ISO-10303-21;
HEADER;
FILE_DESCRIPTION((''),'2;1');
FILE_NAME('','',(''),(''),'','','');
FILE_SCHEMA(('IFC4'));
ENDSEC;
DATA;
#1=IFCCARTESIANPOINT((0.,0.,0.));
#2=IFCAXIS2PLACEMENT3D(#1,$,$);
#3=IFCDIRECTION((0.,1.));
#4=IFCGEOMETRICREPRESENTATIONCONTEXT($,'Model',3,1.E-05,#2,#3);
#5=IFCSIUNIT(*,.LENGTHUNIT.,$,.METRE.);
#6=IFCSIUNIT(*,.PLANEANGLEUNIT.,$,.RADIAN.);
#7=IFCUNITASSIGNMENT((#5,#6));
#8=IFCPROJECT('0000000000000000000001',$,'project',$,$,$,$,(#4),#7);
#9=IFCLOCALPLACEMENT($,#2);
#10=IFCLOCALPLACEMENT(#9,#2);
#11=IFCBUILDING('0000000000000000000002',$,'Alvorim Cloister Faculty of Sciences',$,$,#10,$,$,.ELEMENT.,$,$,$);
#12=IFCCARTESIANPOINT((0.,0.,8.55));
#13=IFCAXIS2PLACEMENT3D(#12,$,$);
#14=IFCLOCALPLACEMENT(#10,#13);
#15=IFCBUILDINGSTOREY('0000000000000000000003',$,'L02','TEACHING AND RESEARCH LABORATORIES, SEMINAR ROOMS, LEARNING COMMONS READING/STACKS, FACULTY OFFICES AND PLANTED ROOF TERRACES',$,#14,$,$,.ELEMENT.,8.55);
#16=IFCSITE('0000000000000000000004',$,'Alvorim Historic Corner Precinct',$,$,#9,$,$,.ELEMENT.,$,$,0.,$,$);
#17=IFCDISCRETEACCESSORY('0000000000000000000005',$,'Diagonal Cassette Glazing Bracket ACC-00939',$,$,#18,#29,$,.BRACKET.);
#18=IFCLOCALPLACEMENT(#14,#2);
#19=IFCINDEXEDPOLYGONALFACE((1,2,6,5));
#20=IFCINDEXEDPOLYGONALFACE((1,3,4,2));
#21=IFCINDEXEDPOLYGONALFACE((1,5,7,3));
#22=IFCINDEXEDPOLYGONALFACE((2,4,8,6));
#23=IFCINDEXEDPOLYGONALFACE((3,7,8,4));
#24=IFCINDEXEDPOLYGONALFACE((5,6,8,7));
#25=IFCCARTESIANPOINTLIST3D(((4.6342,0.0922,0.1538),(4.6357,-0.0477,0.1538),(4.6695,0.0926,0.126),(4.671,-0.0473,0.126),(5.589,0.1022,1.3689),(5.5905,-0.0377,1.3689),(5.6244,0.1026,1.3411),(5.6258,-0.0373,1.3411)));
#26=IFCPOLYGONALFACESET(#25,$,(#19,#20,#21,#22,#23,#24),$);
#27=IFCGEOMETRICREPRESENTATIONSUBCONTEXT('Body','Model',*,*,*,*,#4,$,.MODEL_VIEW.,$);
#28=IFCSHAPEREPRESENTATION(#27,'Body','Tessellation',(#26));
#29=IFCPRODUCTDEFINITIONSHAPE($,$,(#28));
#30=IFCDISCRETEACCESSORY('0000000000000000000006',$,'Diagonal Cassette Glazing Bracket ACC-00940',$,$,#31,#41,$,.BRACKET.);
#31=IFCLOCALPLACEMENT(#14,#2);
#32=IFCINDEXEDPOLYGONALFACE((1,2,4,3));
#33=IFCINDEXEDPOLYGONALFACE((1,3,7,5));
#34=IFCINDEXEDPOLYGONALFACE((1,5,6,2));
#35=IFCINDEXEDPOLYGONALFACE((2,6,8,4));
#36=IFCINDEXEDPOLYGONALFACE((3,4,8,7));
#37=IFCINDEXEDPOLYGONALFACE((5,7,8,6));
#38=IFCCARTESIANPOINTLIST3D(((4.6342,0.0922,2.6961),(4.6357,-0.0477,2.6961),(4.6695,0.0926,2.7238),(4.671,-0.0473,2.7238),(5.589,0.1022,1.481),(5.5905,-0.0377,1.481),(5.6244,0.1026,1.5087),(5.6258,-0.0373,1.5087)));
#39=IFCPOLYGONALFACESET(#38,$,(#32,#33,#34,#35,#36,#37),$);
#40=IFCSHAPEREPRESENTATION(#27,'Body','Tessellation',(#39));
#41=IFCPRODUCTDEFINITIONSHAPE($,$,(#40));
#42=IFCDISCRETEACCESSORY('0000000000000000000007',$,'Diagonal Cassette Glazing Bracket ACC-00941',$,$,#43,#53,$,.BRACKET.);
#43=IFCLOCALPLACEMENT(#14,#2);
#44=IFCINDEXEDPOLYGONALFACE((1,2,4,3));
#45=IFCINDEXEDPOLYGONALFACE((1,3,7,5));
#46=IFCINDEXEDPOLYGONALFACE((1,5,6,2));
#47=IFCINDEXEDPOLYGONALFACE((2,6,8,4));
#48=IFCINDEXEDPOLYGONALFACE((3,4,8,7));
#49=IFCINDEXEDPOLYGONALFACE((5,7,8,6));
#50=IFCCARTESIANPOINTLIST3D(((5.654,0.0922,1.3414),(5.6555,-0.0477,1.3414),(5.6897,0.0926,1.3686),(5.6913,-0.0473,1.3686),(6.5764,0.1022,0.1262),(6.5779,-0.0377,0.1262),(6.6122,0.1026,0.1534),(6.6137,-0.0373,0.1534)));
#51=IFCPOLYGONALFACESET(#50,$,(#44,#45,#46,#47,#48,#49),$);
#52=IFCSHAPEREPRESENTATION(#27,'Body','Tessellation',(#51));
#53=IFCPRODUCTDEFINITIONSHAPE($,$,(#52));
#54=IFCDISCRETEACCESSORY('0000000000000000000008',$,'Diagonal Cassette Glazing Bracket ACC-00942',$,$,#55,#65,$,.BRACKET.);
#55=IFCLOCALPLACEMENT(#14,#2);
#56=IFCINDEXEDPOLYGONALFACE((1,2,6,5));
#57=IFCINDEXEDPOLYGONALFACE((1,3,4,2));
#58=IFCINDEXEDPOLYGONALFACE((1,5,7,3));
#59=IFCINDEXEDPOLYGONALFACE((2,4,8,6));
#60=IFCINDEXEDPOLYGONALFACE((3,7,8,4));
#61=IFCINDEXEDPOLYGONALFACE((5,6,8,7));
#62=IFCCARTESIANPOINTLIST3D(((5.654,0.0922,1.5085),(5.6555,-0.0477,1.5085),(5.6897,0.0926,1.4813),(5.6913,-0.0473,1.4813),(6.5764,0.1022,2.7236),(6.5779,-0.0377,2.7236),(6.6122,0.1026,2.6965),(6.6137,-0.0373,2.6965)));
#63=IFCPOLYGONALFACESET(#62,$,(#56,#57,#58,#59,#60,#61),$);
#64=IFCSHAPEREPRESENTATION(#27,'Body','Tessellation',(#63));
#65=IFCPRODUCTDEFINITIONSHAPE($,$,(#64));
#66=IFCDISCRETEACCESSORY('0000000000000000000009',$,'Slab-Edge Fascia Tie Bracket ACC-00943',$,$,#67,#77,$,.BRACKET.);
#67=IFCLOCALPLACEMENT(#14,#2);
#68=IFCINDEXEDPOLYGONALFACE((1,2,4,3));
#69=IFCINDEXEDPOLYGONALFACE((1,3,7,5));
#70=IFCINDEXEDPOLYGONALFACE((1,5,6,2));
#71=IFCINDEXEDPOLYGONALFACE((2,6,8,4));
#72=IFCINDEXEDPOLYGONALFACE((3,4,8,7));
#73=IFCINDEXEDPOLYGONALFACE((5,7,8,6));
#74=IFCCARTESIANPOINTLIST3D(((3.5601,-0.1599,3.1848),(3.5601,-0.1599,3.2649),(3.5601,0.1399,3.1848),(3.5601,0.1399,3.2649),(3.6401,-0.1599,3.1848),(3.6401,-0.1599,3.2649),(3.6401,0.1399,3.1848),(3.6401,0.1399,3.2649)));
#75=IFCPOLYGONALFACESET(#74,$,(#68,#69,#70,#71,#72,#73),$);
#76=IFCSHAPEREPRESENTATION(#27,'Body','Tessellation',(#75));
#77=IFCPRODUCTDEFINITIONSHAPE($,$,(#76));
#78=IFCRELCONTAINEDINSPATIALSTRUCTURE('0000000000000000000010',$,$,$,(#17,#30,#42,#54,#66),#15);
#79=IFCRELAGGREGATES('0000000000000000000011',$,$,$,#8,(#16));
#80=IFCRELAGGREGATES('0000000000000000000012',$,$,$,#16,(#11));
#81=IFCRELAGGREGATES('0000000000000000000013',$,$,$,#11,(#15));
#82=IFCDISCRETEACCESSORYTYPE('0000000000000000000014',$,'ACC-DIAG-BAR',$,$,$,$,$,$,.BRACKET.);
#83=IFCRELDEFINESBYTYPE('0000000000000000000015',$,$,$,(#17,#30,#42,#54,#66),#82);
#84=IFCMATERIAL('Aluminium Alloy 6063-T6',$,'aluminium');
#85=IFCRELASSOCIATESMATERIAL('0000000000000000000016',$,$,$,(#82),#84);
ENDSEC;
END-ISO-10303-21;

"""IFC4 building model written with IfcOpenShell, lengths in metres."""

from ifc_helpers import new_model, si_unit, direction, frame, origin, origin_2d, place, context, subcontext, project, spatial, rectangle, extrude, material, type_object, element, save


model = new_model("IFC4")

# Units and contexts
model_context = context("Model", 3, precision=1e-05, world=origin(), true_north=direction((0.0, 1.0)))
body_context = subcontext(model_context, "Body", "Model", "MODEL_VIEW")
ifc_project = project(units=[si_unit("LENGTHUNIT", "METRE"), si_unit("PLANEANGLEUNIT", "RADIAN")], contexts=[model_context])

# Site, building, storey
site_placement = place(None, origin())
site = spatial("IfcSite", under=ifc_project, at=site_placement, Name="Alvorim Historic Corner Precinct", CompositionType="ELEMENT", RefElevation=0.0)
building_placement = place(site_placement, origin())
building = spatial("IfcBuilding", under=site, at=building_placement, Name="Alvorim Cloister Faculty of Sciences", CompositionType="ELEMENT")
storey_placement = place(building_placement, frame((0.0, 0.0, 8.55)))
storey = spatial("IfcBuildingStorey", under=building, at=storey_placement, Name="L02", Description="TEACHING AND RESEARCH LABORATORIES, SEMINAR ROOMS, LEARNING COMMONS READING/STACKS, FACULTY OFFICES AND PLANTED ROOF TERRACES", CompositionType="ELEMENT", Elevation=8.55)

# Shared definitions
ifc_material_1 = material(Name="Aluminium Alloy 6063-T6", Category="aluminium")

# Discrete accessories
discrete_accessory_type = type_object("IfcDiscreteAccessoryType", Name="ACC-DIAG-BAR", PredefinedType="BRACKET", material=ifc_material_1)
for number, where, z_axis, x_axis, name in (
    (1, (4.6526, 0.0225, 0.1399), (0.617857, 0.006477, 0.786263), (-0.010483, 0.999945, 0.0), "Diagonal Cassette Glazing Bracket ACC-00939"),
    (2, (4.6526, 0.0225, 2.71), (0.617857, 0.006477, -0.786263), (-0.010483, 0.999945, 0.0), "Diagonal Cassette Glazing Bracket ACC-00940"),
):
    element("IfcDiscreteAccessory", number, at=place(storey_placement, frame(where, z_axis=z_axis, x_axis=x_axis)), inside=storey, type_object=discrete_accessory_type, Name=name, PredefinedType="BRACKET", context=body_context, shape_type="SweptSolid", body=[
        extrude(rectangle(XDim=0.1399, YDim=0.0449, at=origin_2d()), origin(), (0.0, 0.0, 1.0), 1.5454),
    ])
for number, where, z_axis, x_axis, name in (
    (3, (5.6726, 0.0225, 1.355), (0.604612, 0.006561, -0.796493), (-0.010852, 0.999941, 0.0), "Diagonal Cassette Glazing Bracket ACC-00941"),
    (4, (5.6726, 0.0225, 1.4949), (0.604612, 0.006561, 0.796493), (-0.010852, 0.999941, 0.0), "Diagonal Cassette Glazing Bracket ACC-00942"),
):
    element("IfcDiscreteAccessory", number, at=place(storey_placement, frame(where, z_axis=z_axis, x_axis=x_axis)), inside=storey, type_object=discrete_accessory_type, Name=name, PredefinedType="BRACKET", context=body_context, shape_type="SweptSolid", body=[
        extrude(rectangle(XDim=0.1399, YDim=0.0449, at=origin_2d()), origin(), (0.0, 0.0, 1.0), 1.5256),
    ])
discrete_accessory_placement = place(storey_placement, frame((3.6001, 0.1399, 3.2249), z_axis=(0.0, -1.0, 0.0), x_axis=(1.0, 0.0, 0.0)))
element("IfcDiscreteAccessory", 5, at=discrete_accessory_placement, inside=storey, type_object=discrete_accessory_type, Name="Slab-Edge Fascia Tie Bracket ACC-00943", PredefinedType="BRACKET", context=body_context, shape_type="SweptSolid", body=[
    extrude(rectangle(XDim=0.0801, YDim=0.0801, at=origin_2d()), origin(), (0.0, 0.0, 1.0), 0.2998),
])

save(model, "model.ifc")
